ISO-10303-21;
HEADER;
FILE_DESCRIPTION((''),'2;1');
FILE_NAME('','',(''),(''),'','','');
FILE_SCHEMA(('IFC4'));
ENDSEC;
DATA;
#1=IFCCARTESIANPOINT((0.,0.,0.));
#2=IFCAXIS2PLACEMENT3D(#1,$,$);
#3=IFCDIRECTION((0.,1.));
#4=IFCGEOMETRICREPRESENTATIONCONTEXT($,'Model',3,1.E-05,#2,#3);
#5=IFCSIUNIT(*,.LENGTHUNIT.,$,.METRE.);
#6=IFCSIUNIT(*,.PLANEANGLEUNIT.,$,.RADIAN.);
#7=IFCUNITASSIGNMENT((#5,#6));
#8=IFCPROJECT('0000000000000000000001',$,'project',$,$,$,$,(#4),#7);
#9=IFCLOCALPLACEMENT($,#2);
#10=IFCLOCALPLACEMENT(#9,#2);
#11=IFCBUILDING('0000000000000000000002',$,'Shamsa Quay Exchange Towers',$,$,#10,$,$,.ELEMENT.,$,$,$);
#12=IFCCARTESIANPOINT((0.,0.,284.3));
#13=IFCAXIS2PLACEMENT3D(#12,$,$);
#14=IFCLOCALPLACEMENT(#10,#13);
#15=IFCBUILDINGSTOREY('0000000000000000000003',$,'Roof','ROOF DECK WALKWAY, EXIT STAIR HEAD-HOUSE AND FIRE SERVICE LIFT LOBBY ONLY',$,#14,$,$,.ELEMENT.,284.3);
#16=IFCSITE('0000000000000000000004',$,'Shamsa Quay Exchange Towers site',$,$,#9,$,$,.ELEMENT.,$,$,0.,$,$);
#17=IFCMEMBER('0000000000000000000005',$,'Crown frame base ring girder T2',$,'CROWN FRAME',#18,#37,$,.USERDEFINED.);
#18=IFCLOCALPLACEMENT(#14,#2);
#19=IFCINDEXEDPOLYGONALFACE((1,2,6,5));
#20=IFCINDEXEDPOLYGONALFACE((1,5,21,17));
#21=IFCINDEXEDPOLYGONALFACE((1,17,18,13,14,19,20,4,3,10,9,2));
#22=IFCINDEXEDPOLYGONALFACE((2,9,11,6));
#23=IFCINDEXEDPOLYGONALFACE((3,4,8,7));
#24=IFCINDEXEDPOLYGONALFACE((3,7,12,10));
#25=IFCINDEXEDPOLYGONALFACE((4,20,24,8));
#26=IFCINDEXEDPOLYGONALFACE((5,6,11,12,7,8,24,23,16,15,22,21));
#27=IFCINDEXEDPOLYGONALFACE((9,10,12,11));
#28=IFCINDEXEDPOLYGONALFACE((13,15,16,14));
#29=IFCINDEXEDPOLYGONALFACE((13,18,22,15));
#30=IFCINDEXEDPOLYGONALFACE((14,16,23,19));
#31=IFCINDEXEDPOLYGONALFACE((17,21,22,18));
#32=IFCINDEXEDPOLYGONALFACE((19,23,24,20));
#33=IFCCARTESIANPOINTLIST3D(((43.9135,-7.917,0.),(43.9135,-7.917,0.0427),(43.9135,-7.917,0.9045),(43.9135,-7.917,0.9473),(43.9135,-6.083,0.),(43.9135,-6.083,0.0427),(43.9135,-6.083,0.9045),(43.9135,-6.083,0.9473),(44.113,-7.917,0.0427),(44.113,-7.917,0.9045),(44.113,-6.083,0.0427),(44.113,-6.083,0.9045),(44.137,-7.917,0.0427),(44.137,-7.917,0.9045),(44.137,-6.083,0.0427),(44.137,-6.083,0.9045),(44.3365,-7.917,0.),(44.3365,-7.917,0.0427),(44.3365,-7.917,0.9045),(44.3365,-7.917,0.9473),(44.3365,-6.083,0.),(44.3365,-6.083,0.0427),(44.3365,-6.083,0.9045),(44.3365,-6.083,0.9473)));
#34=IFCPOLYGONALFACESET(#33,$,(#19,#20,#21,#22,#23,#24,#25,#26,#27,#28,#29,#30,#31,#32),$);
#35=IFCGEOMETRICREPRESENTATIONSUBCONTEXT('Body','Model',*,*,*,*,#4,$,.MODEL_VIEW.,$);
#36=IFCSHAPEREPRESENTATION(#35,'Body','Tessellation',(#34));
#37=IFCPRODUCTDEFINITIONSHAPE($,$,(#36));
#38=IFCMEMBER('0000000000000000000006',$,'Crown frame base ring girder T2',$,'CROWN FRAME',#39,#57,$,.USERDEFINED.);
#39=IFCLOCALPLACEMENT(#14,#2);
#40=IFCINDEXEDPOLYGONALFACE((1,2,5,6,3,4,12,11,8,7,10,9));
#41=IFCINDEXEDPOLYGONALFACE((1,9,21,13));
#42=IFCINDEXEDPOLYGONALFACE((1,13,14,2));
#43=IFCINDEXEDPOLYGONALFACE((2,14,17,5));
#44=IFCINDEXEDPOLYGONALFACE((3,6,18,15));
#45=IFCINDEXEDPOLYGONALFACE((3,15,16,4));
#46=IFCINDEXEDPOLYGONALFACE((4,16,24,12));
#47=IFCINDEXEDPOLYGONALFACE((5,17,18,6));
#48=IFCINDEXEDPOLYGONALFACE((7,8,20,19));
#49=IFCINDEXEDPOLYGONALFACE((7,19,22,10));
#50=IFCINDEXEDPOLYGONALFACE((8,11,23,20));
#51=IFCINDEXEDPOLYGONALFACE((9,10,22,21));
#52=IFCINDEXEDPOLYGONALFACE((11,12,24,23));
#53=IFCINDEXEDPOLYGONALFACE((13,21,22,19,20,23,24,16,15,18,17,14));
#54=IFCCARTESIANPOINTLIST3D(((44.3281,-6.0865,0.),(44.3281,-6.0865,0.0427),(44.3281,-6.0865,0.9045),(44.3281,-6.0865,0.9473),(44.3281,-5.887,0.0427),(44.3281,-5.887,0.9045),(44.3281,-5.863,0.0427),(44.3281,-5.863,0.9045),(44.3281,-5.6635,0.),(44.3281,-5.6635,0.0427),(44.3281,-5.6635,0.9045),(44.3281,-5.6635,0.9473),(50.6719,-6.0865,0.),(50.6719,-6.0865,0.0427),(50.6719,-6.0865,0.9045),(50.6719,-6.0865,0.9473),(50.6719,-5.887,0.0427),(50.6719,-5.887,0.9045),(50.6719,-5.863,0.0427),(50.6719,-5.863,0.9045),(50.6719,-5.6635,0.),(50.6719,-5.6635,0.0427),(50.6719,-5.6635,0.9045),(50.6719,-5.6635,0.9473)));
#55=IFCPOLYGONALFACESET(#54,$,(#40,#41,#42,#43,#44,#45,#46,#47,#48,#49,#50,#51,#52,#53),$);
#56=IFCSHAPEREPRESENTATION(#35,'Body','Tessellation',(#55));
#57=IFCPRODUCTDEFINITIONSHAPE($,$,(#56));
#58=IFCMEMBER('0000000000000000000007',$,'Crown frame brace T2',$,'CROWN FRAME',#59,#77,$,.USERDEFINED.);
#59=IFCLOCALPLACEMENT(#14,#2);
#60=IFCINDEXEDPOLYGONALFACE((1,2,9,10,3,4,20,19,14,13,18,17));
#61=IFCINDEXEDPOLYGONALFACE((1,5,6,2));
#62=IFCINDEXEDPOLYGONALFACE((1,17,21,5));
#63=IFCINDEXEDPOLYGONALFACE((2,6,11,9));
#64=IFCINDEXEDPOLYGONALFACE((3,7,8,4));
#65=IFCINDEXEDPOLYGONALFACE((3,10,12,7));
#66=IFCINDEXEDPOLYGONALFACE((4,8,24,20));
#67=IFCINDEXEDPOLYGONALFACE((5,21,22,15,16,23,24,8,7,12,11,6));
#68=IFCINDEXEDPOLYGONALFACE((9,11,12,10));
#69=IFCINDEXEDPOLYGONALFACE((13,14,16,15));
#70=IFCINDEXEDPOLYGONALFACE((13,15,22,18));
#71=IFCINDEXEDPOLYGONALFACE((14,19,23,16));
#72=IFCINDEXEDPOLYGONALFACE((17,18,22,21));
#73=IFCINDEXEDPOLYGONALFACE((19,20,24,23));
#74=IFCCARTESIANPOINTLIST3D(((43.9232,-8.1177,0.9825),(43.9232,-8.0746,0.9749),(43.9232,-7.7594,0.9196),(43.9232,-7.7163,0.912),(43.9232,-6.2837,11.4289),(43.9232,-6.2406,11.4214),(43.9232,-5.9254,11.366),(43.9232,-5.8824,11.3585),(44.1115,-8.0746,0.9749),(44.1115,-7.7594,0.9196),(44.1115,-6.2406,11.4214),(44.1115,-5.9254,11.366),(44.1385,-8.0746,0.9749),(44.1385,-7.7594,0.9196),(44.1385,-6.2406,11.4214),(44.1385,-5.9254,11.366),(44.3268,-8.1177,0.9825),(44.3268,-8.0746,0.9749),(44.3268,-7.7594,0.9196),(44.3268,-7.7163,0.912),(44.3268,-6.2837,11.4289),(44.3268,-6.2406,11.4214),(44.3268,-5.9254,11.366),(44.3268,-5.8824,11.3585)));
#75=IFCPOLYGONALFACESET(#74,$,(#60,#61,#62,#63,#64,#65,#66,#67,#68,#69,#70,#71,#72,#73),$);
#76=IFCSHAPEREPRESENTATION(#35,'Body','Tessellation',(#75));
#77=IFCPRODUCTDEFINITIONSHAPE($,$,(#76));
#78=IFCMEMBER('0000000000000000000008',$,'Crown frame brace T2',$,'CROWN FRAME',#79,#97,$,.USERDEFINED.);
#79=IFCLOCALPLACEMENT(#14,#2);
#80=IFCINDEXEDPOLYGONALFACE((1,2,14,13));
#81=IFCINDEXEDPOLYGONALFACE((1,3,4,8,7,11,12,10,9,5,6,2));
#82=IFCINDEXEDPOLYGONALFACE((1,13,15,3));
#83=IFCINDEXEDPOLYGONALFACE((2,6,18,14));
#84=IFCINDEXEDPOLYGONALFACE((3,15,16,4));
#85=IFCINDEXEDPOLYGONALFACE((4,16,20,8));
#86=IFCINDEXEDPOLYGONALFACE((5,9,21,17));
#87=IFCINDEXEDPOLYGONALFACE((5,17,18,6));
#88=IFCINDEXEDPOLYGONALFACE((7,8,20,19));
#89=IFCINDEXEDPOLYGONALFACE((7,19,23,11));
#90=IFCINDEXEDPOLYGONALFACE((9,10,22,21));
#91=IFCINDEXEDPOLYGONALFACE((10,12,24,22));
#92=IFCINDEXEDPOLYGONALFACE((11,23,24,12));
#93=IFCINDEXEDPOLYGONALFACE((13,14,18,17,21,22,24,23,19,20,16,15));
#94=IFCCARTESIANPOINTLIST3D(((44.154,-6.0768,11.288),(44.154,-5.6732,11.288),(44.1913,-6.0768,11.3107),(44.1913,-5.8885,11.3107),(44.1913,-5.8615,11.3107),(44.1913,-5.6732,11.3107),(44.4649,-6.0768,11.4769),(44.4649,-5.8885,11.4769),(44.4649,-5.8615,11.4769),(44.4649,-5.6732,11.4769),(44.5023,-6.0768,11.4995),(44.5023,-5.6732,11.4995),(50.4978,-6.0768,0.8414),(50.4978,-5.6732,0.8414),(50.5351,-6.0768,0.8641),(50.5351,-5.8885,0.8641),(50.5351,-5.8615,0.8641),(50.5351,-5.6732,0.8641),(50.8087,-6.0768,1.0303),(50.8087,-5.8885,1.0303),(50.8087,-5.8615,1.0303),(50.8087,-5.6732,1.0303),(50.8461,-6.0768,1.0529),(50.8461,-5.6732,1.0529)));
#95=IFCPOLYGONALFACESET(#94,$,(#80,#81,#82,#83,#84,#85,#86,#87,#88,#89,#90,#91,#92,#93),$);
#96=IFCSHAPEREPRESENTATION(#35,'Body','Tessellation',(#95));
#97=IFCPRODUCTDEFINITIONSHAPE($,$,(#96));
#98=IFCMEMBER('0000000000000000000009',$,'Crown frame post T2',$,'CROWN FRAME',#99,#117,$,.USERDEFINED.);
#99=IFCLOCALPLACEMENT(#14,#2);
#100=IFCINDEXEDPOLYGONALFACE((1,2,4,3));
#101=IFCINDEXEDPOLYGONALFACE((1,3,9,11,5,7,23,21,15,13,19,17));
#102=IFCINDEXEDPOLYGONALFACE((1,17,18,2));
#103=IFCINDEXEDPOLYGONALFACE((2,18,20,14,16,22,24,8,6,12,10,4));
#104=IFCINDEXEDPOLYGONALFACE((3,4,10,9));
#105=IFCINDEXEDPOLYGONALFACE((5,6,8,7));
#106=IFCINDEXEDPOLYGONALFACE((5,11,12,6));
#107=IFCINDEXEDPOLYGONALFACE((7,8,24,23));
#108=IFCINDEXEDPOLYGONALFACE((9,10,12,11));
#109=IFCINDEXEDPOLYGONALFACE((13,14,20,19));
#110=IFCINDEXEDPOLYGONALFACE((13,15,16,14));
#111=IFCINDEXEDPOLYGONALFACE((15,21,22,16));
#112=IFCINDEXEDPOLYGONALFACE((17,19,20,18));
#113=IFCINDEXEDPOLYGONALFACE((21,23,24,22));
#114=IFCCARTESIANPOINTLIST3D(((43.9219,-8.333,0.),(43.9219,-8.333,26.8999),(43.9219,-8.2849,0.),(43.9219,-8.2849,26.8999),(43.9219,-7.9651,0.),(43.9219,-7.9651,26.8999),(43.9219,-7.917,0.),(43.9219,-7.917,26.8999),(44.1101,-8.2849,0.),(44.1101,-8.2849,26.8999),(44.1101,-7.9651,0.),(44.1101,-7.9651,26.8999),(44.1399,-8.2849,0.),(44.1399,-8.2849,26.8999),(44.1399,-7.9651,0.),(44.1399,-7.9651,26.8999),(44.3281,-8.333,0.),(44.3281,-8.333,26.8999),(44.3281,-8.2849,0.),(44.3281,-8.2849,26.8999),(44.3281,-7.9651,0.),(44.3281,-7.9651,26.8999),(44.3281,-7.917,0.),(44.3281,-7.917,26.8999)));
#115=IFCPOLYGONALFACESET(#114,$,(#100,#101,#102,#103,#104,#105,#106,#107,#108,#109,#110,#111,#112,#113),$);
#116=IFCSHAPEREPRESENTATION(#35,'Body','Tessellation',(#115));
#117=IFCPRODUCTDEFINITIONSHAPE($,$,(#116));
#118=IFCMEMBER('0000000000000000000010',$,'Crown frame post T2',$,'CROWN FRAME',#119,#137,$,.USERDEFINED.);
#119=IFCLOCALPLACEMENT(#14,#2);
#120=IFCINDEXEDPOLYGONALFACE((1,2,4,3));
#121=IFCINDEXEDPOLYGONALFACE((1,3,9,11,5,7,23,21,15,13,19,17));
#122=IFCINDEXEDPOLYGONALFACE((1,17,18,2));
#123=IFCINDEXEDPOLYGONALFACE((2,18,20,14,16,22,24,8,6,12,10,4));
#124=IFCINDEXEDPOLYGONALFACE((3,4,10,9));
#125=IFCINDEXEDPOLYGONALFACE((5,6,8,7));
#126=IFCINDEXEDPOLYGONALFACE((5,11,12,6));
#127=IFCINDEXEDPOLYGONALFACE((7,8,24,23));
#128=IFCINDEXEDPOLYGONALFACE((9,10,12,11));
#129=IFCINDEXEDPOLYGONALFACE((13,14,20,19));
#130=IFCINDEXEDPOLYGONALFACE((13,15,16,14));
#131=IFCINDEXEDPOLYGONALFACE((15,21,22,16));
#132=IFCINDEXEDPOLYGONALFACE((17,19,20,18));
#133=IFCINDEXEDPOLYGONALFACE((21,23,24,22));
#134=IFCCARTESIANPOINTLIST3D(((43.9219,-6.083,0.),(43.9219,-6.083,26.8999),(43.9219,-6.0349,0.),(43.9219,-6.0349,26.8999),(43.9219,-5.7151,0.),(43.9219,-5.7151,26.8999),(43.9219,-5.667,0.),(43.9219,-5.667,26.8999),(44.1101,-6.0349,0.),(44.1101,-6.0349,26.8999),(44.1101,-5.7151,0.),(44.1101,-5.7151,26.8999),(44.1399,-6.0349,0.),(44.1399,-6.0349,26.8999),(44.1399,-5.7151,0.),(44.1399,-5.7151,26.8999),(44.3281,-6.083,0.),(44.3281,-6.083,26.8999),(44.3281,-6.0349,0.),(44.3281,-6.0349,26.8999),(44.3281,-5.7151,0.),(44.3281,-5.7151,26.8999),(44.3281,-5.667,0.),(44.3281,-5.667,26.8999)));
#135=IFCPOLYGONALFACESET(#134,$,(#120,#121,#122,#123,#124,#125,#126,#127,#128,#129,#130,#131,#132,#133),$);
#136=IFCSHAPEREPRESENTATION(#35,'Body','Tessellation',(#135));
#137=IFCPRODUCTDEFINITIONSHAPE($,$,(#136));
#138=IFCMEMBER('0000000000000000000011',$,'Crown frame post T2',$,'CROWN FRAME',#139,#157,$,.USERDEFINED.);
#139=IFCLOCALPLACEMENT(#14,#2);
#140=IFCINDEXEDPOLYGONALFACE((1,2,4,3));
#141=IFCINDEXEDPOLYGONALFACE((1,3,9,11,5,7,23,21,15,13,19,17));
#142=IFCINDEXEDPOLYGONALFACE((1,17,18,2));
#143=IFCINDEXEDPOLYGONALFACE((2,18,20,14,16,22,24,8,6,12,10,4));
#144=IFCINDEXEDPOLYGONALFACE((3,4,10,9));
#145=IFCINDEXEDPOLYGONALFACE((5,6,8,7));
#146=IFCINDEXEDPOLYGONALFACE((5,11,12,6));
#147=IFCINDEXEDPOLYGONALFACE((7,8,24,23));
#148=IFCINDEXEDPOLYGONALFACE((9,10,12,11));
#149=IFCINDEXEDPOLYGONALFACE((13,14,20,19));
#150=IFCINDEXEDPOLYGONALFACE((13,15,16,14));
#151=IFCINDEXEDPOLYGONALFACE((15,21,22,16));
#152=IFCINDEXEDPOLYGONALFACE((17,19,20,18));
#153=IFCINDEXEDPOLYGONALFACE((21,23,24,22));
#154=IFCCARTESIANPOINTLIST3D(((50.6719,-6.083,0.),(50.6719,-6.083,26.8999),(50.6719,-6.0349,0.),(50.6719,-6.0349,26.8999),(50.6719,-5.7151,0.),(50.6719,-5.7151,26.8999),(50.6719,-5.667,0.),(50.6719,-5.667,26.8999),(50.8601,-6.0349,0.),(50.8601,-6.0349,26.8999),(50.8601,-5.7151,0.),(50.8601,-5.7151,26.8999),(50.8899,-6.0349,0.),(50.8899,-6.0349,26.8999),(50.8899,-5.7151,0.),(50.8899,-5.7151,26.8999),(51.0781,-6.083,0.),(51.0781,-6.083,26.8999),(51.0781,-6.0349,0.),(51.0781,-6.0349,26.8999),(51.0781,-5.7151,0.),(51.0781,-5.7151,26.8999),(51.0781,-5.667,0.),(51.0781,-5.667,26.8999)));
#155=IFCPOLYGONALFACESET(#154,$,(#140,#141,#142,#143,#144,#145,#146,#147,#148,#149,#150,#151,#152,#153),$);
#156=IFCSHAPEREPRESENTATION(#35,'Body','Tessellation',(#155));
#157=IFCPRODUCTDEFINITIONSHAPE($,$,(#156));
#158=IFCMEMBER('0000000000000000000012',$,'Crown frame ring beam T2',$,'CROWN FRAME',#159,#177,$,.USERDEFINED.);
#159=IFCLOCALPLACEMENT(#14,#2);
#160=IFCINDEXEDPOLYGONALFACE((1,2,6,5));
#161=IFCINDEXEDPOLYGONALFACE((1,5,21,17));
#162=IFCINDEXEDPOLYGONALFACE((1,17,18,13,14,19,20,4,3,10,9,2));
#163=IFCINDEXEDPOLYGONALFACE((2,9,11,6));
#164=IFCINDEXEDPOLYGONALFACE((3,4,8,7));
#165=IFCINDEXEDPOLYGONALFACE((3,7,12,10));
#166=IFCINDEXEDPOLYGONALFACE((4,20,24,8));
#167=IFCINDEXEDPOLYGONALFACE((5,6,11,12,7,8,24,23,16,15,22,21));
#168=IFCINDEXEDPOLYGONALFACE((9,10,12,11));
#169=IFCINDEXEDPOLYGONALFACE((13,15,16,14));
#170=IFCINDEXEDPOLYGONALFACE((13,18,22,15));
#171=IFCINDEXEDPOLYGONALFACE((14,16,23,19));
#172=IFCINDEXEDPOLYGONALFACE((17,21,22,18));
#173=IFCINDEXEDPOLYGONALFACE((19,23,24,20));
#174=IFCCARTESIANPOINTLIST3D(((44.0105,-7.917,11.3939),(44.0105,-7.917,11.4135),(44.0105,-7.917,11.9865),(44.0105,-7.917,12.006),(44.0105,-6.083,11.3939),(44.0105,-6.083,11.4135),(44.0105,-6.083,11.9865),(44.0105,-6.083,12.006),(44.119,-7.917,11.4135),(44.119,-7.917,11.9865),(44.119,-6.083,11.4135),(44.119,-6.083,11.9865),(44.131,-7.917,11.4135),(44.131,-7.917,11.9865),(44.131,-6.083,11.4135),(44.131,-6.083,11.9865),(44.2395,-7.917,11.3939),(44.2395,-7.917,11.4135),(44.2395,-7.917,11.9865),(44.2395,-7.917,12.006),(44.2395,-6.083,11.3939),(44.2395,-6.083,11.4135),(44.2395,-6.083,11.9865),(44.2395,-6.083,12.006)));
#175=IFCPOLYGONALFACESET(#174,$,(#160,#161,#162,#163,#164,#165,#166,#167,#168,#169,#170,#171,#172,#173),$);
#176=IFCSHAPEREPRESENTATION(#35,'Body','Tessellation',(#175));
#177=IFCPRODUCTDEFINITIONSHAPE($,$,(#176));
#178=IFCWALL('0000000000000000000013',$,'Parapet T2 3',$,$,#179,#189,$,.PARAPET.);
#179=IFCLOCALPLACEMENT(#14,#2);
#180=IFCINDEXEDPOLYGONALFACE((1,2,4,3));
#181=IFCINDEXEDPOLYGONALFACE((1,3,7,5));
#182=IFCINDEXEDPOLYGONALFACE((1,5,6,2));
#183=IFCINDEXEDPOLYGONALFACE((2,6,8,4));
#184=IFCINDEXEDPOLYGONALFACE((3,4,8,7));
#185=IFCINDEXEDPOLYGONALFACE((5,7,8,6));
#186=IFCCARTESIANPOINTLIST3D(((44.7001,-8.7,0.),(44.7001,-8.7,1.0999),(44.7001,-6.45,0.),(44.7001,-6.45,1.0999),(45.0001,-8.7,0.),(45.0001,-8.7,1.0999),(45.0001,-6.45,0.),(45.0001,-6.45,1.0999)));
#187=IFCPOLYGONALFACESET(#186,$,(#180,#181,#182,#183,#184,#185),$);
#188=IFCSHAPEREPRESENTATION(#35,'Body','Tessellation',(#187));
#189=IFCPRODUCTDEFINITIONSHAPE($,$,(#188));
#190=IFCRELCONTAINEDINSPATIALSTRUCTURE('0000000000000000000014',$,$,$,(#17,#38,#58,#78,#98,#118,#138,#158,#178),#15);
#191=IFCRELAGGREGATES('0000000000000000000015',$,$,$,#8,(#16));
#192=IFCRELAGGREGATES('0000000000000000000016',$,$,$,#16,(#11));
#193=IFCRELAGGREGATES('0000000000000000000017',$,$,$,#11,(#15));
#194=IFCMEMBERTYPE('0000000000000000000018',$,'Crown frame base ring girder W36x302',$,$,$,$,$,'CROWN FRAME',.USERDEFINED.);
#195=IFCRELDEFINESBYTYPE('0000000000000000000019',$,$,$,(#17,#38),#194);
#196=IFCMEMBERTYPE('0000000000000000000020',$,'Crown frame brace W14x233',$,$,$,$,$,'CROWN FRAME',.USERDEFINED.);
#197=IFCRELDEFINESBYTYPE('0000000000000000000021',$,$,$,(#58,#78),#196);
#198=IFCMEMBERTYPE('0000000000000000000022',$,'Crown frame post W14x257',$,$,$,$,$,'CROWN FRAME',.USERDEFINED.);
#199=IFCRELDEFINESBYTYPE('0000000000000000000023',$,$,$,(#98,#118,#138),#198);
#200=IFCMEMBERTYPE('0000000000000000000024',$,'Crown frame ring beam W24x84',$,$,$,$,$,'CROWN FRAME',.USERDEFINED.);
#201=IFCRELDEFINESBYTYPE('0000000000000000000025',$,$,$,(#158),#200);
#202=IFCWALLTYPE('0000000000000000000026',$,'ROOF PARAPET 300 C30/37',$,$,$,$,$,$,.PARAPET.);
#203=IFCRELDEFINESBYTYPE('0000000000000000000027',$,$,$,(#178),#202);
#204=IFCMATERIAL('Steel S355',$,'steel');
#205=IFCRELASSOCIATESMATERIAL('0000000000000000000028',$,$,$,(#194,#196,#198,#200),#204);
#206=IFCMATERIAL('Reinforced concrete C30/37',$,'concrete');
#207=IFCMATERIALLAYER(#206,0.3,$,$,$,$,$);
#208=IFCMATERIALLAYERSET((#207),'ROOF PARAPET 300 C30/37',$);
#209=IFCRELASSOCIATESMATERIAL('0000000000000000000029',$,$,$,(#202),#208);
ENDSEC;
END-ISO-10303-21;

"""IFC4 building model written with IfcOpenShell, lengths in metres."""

from ifc_helpers import new_model, si_unit, direction, frame, frame_2d, origin, origin_2d, place, context, subcontext, project, spatial, rectangle, i_section, extrude, material, layer, layer_set, material_profile, profile_set, type_object, element, save


model = new_model("IFC4")

# Units and contexts
model_context = context("Model", 3, precision=1e-05, world=origin(), true_north=direction((0.0, 1.0)))
body_context = subcontext(model_context, "Body", "Model", "MODEL_VIEW")
ifc_project = project(units=[si_unit("LENGTHUNIT", "METRE"), si_unit("PLANEANGLEUNIT", "RADIAN")], contexts=[model_context])

# Site, building, storey
site_placement = place(None, origin())
site = spatial("IfcSite", under=ifc_project, at=site_placement, Name="Shamsa Quay Exchange Towers site", CompositionType="ELEMENT", RefElevation=0.0)
building_placement = place(site_placement, origin())
building = spatial("IfcBuilding", under=site, at=building_placement, Name="Shamsa Quay Exchange Towers", CompositionType="ELEMENT")
storey_placement = place(building_placement, frame((0.0, 0.0, 284.3)))
storey = spatial("IfcBuildingStorey", under=building, at=storey_placement, Name="Roof", Description="ROOF DECK WALKWAY, EXIT STAIR HEAD-HOUSE AND FIRE SERVICE LIFT LOBBY ONLY", CompositionType="ELEMENT", Elevation=284.3)

# Members
ifc_material_1 = material(Name="Steel S355", Category="steel")
ifc_material_profile_1 = material_profile(ifc_material_1, i_section(OverallWidth=0.4231, OverallDepth=0.9473, WebThickness=0.0239, FlangeThickness=0.0427, at=origin_2d()), Name="W36x302")
ifc_profile_set_1 = profile_set([ifc_material_profile_1], Name="Steel S355")
member_type_1 = type_object("IfcMemberType", Name="Crown frame base ring girder W36x302", ElementType="CROWN FRAME", PredefinedType="USERDEFINED", material=ifc_profile_set_1)
member_1_placement = place(storey_placement, frame((44.125, -7.917, 0.4736), z_axis=(0.0, 1.0, 0.0), x_axis=(-1.0, 0.0, 0.0)))
element("IfcMember", 1, at=member_1_placement, inside=storey, type_object=member_type_1, Name="Crown frame base ring girder T2", ObjectType="CROWN FRAME", PredefinedType="USERDEFINED", context=body_context, shape_type="SweptSolid", body=[
    extrude(i_section(OverallWidth=0.4231, OverallDepth=0.9473, WebThickness=0.0239, FlangeThickness=0.0427, at=origin_2d()), origin(), (0.0, 0.0, 1.0), 1.834),
])
member_2_placement = place(storey_placement, frame((44.3281, -5.875, 0.4736), z_axis=(1.0, 0.0, 0.0), x_axis=(0.0, 1.0, 0.0)))
element("IfcMember", 2, at=member_2_placement, inside=storey, type_object=member_type_1, Name="Crown frame base ring girder T2", ObjectType="CROWN FRAME", PredefinedType="USERDEFINED", context=body_context, shape_type="SweptSolid", body=[
    extrude(i_section(OverallWidth=0.4231, OverallDepth=0.9473, WebThickness=0.0239, FlangeThickness=0.0427, at=origin_2d()), origin(), (0.0, 0.0, 1.0), 6.3438),
])
ifc_material_profile_2 = material_profile(ifc_material_1, i_section(OverallWidth=0.4036, OverallDepth=0.4075, WebThickness=0.0271, FlangeThickness=0.0437, at=origin_2d()), Name="W14x233")
ifc_profile_set_2 = profile_set([ifc_material_profile_2], Name="Steel S355")
member_type_2 = type_object("IfcMemberType", Name="Crown frame brace W14x233", ElementType="CROWN FRAME", PredefinedType="USERDEFINED", material=ifc_profile_set_2)
member_3_placement = place(storey_placement, frame((44.125, -7.917, 0.9473), z_axis=(0.0, 0.172915, 0.984937), x_axis=(-1.0, 0.0, 0.0)))
element("IfcMember", 3, at=member_3_placement, inside=storey, type_object=member_type_2, Name="Crown frame brace T2", ObjectType="CROWN FRAME", PredefinedType="USERDEFINED", context=body_context, shape_type="SweptSolid", body=[
    extrude(i_section(OverallWidth=0.4036, OverallDepth=0.4075, WebThickness=0.0271, FlangeThickness=0.0437, at=origin_2d()), origin(), (0.0, 0.0, 1.0), 10.6062),
])
member_4_placement = place(storey_placement, frame((44.3281, -5.875, 11.3938), z_axis=(0.519051, 0.0, -0.854744), x_axis=(0.0, 1.0, 0.0)))
element("IfcMember", 4, at=member_4_placement, inside=storey, type_object=member_type_2, Name="Crown frame brace T2", ObjectType="CROWN FRAME", PredefinedType="USERDEFINED", context=body_context, shape_type="SweptSolid", body=[
    extrude(i_section(OverallWidth=0.4036, OverallDepth=0.4075, WebThickness=0.0271, FlangeThickness=0.0437, at=origin_2d()), origin(), (0.0, 0.0, 1.0), 12.2219),
])
ifc_material_profile_3 = material_profile(ifc_material_1, i_section(OverallWidth=0.4062, OverallDepth=0.416, WebThickness=0.0298, FlangeThickness=0.0481, at=origin_2d()), Name="W14x257")
ifc_profile_set_3 = profile_set([ifc_material_profile_3], Name="Steel S355")
member_type_3 = type_object("IfcMemberType", Name="Crown frame post W14x257", ElementType="CROWN FRAME", PredefinedType="USERDEFINED", material=ifc_profile_set_3)
for number, where, name in (
    (5, (44.125, -8.125, 0.0), "Crown frame post T2"),
    (6, (44.125, -5.875, 0.0), "Crown frame post T2"),
    (7, (50.875, -5.875, 0.0), "Crown frame post T2"),
):
    element("IfcMember", number, at=place(storey_placement, frame(where)), inside=storey, type_object=member_type_3, Name=name, ObjectType="CROWN FRAME", PredefinedType="USERDEFINED", context=body_context, shape_type="SweptSolid", body=[
        extrude(i_section(OverallWidth=0.4062, OverallDepth=0.416, WebThickness=0.0298, FlangeThickness=0.0481, at=origin_2d()), origin(), (0.0, 0.0, 1.0), 26.8999),
    ])
ifc_material_profile_4 = material_profile(ifc_material_1, i_section(OverallWidth=0.229, OverallDepth=0.6121, WebThickness=0.012, FlangeThickness=0.0195, at=origin_2d()), Name="W24x84")
ifc_profile_set_4 = profile_set([ifc_material_profile_4], Name="Steel S355")
member_type_4 = type_object("IfcMemberType", Name="Crown frame ring beam W24x84", ElementType="CROWN FRAME", PredefinedType="USERDEFINED", material=ifc_profile_set_4)
member_5_placement = place(storey_placement, frame((44.125, -7.917, 11.7), z_axis=(0.0, 1.0, 0.0), x_axis=(-1.0, 0.0, 0.0)))
element("IfcMember", 8, at=member_5_placement, inside=storey, type_object=member_type_4, Name="Crown frame ring beam T2", ObjectType="CROWN FRAME", PredefinedType="USERDEFINED", context=body_context, shape_type="SweptSolid", body=[
    extrude(i_section(OverallWidth=0.229, OverallDepth=0.6121, WebThickness=0.012, FlangeThickness=0.0195, at=origin_2d()), origin(), (0.0, 0.0, 1.0), 1.834),
])

# Wall
ifc_material_2 = material(Name="Reinforced concrete C30/37", Category="concrete")
ifc_layer_1 = layer(ifc_material_2, 0.3)
ifc_layer_set_1 = layer_set([ifc_layer_1], Name="ROOF PARAPET 300 C30/37")
wall_type_1 = type_object("IfcWallType", Name="ROOF PARAPET 300 C30/37", PredefinedType="PARAPET", material=ifc_layer_set_1)
wall_1_placement = place(storey_placement, frame((44.8501, -8.7, 0.0), z_axis=(0.0, 0.0, 1.0), x_axis=(0.0, 1.0, 0.0)))
element("IfcWall", 9, at=wall_1_placement, inside=storey, type_object=wall_type_1, Name="Parapet T2 3", PredefinedType="PARAPET", context=body_context, shape_type="SweptSolid", body=[
    extrude(rectangle(XDim=2.25, YDim=0.3, at=frame_2d((1.125, 0.0))), origin(), (0.0, 0.0, 1.0), 1.0999),
])

save(model, "model.ifc")
